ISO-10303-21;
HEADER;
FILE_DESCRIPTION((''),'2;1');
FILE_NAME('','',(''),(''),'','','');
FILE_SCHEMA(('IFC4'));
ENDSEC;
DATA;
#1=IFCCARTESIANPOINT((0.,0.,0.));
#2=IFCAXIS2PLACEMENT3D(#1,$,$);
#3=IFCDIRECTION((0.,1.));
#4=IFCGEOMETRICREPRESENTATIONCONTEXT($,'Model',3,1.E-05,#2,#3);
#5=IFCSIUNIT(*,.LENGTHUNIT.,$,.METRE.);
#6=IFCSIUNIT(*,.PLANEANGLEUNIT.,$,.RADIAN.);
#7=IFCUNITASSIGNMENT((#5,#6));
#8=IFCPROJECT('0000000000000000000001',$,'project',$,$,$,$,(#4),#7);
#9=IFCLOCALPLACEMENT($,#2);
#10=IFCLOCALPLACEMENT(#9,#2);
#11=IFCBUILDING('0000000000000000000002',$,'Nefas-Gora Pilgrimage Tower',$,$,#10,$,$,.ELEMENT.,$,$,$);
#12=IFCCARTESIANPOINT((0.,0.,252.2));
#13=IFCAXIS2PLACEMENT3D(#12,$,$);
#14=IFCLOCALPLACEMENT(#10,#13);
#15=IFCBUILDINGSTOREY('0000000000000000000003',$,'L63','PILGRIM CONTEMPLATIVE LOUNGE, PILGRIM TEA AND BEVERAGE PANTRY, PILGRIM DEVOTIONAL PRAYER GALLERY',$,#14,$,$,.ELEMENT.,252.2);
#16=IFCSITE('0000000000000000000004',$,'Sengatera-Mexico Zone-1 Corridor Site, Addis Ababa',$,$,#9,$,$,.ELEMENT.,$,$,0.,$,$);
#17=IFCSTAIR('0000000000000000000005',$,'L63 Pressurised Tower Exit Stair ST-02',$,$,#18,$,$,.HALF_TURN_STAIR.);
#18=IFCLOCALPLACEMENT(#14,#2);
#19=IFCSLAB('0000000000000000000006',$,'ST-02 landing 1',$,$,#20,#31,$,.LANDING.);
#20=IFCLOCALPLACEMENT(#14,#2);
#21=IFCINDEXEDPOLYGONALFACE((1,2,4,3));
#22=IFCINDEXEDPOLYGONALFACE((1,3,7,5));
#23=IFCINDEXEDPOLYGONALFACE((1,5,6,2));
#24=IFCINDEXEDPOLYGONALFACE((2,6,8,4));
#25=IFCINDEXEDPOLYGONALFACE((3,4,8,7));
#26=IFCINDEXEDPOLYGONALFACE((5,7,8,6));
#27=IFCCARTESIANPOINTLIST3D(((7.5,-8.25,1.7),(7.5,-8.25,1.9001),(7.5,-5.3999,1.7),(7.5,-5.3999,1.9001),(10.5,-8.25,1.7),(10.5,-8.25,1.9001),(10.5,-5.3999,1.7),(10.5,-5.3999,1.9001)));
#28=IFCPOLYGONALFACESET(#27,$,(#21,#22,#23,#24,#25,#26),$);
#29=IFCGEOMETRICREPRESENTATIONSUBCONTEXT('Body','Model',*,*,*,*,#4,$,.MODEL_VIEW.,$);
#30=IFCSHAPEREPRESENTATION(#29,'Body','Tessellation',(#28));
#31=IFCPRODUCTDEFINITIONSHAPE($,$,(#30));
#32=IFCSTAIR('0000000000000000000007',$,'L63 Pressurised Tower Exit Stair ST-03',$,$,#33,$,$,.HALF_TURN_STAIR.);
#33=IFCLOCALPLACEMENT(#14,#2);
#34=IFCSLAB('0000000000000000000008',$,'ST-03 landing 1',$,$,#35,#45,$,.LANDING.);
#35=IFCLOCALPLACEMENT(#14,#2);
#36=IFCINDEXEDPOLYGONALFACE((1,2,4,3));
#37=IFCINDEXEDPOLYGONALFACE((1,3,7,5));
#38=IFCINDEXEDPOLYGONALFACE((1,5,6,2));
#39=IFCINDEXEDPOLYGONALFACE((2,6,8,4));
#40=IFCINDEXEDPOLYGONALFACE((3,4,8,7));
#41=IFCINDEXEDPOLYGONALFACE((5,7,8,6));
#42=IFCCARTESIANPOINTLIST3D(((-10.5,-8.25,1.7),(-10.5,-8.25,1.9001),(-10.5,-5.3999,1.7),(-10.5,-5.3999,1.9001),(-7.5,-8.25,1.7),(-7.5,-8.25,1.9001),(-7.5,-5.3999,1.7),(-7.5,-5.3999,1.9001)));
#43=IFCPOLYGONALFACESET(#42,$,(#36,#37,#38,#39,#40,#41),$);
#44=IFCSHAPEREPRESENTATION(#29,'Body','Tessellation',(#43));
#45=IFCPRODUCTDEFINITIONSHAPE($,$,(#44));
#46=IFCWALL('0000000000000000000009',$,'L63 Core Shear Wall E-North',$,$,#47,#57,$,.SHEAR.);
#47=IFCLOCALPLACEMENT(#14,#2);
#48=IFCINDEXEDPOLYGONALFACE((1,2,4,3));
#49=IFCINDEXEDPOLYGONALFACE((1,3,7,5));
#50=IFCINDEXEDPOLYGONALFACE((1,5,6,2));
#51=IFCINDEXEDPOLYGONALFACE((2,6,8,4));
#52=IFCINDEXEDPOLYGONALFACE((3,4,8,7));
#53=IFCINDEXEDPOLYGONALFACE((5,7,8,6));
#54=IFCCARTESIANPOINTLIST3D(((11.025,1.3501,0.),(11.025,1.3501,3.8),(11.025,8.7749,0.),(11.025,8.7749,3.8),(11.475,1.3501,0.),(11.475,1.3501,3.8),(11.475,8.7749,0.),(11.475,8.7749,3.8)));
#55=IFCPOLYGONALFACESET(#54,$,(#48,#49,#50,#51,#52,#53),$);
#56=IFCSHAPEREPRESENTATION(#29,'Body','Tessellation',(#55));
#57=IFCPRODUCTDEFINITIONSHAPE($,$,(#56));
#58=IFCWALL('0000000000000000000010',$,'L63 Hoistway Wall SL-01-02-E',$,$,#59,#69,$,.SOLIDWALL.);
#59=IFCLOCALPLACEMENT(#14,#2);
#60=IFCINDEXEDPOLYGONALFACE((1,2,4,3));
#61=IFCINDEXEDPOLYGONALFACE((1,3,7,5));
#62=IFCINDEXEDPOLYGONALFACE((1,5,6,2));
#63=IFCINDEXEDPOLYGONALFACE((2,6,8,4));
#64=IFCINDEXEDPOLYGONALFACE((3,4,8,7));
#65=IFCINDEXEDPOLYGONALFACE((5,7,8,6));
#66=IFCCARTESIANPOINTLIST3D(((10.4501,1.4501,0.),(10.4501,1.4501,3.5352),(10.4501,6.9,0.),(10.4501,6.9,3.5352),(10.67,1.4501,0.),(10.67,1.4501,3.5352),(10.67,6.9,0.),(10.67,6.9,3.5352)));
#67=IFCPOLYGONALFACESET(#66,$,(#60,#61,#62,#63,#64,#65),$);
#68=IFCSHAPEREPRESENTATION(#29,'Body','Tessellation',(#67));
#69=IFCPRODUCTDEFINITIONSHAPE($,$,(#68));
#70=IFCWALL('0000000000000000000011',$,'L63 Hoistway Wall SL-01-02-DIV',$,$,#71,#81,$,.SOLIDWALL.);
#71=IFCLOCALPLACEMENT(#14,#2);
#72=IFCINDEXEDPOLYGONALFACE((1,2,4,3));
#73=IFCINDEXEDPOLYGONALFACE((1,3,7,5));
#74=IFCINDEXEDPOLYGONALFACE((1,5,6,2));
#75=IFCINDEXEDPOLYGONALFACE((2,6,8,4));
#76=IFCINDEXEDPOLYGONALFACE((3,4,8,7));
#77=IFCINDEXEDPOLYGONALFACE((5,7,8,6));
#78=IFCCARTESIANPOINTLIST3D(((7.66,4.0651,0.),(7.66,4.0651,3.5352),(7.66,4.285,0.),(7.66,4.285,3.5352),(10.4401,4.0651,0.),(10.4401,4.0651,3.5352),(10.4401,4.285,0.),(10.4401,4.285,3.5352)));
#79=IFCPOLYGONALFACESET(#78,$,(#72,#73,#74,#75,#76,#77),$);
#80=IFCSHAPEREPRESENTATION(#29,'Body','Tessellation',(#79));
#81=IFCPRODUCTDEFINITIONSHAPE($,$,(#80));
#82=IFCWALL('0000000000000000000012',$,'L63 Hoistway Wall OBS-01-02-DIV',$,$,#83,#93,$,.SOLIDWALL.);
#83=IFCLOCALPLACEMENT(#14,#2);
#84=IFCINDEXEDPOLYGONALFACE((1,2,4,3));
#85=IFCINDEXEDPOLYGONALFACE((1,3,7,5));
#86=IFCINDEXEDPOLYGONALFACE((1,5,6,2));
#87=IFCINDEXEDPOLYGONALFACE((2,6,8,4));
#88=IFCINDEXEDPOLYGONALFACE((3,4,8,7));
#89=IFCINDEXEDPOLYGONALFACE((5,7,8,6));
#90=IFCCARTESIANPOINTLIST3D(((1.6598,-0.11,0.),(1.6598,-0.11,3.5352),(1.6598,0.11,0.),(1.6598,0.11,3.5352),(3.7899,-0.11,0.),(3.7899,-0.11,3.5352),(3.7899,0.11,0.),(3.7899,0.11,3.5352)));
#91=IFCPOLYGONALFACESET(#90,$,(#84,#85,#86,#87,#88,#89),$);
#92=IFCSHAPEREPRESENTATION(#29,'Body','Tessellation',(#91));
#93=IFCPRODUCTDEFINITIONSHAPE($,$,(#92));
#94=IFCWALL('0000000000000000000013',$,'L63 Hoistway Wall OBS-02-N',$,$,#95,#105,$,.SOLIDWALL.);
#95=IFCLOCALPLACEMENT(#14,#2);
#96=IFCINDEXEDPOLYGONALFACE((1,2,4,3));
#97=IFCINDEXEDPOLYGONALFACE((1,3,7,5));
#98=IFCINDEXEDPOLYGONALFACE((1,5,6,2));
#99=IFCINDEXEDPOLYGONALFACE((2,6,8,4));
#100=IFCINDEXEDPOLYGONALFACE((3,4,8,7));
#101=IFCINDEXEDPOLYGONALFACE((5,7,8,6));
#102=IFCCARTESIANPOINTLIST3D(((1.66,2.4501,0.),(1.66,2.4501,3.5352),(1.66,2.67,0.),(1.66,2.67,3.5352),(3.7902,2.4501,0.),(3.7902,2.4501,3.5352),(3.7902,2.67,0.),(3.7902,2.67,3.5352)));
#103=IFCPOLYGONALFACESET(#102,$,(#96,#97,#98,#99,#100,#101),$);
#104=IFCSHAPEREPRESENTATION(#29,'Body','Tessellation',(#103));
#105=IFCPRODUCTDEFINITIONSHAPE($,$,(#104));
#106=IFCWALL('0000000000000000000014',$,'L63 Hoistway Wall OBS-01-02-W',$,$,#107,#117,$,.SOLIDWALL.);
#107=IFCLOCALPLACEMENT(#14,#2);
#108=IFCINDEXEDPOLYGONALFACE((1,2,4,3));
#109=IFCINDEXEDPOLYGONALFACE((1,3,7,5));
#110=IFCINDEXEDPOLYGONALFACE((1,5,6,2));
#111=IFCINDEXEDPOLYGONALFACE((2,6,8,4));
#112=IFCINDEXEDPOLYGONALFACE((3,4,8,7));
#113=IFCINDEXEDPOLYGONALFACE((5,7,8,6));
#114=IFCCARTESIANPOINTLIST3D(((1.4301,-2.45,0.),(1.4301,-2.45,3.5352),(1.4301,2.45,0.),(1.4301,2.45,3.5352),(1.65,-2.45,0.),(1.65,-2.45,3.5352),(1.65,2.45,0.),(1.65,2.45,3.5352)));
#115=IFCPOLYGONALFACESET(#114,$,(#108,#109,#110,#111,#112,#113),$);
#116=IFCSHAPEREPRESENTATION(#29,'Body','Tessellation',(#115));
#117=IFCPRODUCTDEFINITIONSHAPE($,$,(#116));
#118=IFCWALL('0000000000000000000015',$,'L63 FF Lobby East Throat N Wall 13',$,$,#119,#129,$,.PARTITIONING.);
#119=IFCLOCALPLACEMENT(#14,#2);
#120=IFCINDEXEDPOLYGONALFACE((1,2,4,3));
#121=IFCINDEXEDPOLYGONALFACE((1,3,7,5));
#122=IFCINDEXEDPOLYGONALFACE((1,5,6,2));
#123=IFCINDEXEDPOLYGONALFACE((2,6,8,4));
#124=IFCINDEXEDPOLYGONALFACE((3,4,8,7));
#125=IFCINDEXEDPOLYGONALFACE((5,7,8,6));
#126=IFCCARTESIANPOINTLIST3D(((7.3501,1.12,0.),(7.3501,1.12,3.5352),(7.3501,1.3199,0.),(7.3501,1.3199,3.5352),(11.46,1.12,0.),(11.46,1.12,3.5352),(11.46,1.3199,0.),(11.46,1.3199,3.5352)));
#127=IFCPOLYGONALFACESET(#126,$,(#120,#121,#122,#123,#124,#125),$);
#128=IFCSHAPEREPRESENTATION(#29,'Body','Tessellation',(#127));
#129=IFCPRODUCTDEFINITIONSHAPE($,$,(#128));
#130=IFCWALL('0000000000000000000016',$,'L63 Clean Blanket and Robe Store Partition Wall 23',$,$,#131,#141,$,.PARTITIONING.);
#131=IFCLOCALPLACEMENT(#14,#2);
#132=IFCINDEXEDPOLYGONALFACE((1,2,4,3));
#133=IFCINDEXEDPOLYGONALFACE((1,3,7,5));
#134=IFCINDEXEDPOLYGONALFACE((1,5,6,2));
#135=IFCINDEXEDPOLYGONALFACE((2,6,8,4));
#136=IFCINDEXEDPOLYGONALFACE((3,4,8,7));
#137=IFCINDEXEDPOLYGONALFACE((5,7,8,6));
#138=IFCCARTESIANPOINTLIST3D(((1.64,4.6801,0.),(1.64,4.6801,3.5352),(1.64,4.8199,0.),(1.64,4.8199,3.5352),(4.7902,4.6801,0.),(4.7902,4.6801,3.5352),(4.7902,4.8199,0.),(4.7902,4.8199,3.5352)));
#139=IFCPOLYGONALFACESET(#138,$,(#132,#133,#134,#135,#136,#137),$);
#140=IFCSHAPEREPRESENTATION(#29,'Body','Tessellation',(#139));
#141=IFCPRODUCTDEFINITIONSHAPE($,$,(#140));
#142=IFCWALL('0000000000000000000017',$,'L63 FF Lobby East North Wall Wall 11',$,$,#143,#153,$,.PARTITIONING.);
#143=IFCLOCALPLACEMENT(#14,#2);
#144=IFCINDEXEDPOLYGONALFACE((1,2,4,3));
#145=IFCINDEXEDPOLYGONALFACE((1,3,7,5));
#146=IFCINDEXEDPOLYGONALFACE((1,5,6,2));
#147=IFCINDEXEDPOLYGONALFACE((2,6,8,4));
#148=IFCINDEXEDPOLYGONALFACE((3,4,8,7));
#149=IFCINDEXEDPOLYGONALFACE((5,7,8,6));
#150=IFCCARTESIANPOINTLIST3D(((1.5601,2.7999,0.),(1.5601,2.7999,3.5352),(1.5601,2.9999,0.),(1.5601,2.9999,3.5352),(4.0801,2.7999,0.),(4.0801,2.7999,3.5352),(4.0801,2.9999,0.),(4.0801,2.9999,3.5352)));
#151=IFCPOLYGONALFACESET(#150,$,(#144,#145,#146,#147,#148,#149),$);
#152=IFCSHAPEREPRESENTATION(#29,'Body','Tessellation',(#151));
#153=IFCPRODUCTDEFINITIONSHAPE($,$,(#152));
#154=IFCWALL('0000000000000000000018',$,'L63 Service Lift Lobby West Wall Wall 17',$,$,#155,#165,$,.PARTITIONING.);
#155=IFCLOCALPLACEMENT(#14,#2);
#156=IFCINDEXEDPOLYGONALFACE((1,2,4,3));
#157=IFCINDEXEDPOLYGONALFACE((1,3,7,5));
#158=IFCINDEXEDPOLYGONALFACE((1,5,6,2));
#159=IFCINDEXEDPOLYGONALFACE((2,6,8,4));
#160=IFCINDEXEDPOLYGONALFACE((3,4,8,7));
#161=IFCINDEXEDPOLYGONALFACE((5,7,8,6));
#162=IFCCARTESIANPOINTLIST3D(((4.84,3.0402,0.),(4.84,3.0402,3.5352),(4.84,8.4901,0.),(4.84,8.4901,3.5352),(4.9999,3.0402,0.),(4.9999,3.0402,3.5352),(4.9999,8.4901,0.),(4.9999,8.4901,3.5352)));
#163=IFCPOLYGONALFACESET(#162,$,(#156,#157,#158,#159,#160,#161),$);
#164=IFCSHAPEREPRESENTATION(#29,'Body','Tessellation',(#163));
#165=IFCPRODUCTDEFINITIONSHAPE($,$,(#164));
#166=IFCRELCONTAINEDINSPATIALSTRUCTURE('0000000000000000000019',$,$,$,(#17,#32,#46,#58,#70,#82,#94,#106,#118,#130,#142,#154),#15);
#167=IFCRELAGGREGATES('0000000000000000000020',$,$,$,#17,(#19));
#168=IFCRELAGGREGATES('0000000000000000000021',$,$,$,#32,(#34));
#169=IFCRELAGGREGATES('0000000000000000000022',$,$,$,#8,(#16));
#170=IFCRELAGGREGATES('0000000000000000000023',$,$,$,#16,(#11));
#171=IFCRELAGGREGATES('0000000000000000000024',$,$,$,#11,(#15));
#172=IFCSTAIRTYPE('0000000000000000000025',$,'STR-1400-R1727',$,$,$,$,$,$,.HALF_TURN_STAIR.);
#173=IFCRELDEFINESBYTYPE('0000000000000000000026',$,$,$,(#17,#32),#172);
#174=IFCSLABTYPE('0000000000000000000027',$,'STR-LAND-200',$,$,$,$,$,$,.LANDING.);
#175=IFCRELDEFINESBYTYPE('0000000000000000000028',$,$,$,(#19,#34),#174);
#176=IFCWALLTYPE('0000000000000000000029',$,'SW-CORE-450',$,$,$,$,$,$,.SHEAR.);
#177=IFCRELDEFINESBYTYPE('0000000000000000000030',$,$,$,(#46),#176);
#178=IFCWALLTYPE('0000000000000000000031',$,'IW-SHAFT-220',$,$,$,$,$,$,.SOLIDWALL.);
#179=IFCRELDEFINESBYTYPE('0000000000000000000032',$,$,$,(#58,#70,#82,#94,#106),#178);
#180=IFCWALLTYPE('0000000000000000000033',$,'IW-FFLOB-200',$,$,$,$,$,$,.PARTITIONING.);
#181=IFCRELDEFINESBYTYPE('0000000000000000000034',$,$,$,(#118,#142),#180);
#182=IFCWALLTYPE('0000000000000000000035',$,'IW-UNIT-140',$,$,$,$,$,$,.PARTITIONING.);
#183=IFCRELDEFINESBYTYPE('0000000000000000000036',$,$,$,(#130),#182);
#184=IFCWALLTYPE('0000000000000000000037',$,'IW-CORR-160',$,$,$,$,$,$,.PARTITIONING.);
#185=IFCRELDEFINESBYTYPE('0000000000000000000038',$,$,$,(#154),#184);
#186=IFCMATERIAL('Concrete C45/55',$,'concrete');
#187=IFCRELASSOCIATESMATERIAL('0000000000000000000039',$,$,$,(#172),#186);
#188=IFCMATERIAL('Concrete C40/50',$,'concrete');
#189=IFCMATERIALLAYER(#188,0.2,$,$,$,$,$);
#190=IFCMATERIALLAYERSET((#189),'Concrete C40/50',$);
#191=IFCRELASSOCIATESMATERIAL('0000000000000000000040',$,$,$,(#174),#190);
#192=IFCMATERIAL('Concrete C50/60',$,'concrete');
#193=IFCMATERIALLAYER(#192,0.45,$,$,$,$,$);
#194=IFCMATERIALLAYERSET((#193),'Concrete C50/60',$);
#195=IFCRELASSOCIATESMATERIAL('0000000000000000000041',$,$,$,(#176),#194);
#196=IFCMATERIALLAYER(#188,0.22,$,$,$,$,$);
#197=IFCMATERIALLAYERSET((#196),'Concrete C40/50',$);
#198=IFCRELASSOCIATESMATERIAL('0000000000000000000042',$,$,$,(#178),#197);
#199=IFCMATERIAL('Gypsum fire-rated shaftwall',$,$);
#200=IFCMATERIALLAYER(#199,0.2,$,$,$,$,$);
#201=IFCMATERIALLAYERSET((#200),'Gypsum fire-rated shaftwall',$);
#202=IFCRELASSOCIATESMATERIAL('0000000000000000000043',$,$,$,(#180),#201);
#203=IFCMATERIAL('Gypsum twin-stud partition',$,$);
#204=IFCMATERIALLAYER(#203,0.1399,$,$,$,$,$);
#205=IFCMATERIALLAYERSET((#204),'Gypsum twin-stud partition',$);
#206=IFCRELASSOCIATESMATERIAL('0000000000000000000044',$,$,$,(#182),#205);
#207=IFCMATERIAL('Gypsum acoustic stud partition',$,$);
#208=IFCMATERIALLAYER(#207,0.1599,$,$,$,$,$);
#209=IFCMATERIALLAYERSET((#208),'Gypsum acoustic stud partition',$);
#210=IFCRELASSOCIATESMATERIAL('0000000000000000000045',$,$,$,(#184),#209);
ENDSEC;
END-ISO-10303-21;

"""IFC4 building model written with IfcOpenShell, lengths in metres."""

from ifc_helpers import new_model, si_unit, direction, frame, frame_2d, origin, place, context, subcontext, project, spatial, polyline, rectangle, outline, extrude, source, transform, mapped, material, layer, layer_set, type_object, element, aggregate, save


model = new_model("IFC4")

# Units and contexts
model_context = context("Model", 3, precision=1e-05, world=origin(), true_north=direction((0.0, 1.0)))
body_context = subcontext(model_context, "Body", "Model", "MODEL_VIEW")
ifc_project = project(units=[si_unit("LENGTHUNIT", "METRE"), si_unit("PLANEANGLEUNIT", "RADIAN")], contexts=[model_context])

# Site, building, storey
site_placement = place(None, origin())
site = spatial("IfcSite", under=ifc_project, at=site_placement, Name="Sengatera-Mexico Zone-1 Corridor Site, Addis Ababa", CompositionType="ELEMENT", RefElevation=0.0)
building_placement = place(site_placement, origin())
building = spatial("IfcBuilding", under=site, at=building_placement, Name="Nefas-Gora Pilgrimage Tower", CompositionType="ELEMENT")
storey_placement = place(building_placement, frame((0.0, 0.0, 252.2)))
storey = spatial("IfcBuildingStorey", under=building, at=storey_placement, Name="L63", Description="PILGRIM CONTEMPLATIVE LOUNGE, PILGRIM TEA AND BEVERAGE PANTRY, PILGRIM DEVOTIONAL PRAYER GALLERY", CompositionType="ELEMENT", Elevation=252.2)

# Stairs, slabs
ifc_material_1 = material(Name="Concrete C45/55", Category="concrete")
stair_type = type_object("IfcStairType", Name="STR-1400-R1727", PredefinedType="HALF_TURN_STAIR", material=ifc_material_1)
stair_1_placement = place(storey_placement, origin())
stair_1 = element("IfcStair", 1, at=stair_1_placement, inside=storey, type_object=stair_type, Name="L63 Pressurised Tower Exit Stair ST-02", PredefinedType="HALF_TURN_STAIR")
ifc_material_2 = material(Name="Concrete C40/50", Category="concrete")
ifc_layer_1 = layer(ifc_material_2, 0.2)
ifc_layer_set_1 = layer_set([ifc_layer_1], Name="Concrete C40/50")
slab_type = type_object("IfcSlabType", Name="STR-LAND-200", PredefinedType="LANDING", material=ifc_layer_set_1)
slab_1_placement = place(storey_placement, frame((0.0, 0.0, 1.7)))
slab_1 = element("IfcSlab", 2, at=slab_1_placement, type_object=slab_type, Name="ST-02 landing 1", PredefinedType="LANDING", context=body_context, shape_type="SweptSolid", body=[
    extrude(outline(polyline([(7.5, -5.3999), (7.5, -8.25), (10.5, -8.25), (10.5, -5.3999), (7.5, -5.3999)])), origin(), (0.0, 0.0, 1.0), 0.2002),
])
aggregate(stair_1, [slab_1])
stair_2_placement = place(storey_placement, origin())
stair_2 = element("IfcStair", 3, at=stair_2_placement, inside=storey, type_object=stair_type, Name="L63 Pressurised Tower Exit Stair ST-03", PredefinedType="HALF_TURN_STAIR")
slab_2_placement = place(storey_placement, frame((0.0, 0.0, 1.7)))
slab_2 = element("IfcSlab", 4, at=slab_2_placement, type_object=slab_type, Name="ST-03 landing 1", PredefinedType="LANDING", context=body_context, shape_type="SweptSolid", body=[
    extrude(outline(polyline([(-10.5, -5.3999), (-10.5, -8.25), (-7.5, -8.25), (-7.5, -5.3999), (-10.5, -5.3999)])), origin(), (0.0, 0.0, 1.0), 0.2002),
])
aggregate(stair_2, [slab_2])

# Walls
ifc_material_3 = material(Name="Concrete C50/60", Category="concrete")
ifc_layer_2 = layer(ifc_material_3, 0.45)
ifc_layer_set_2 = layer_set([ifc_layer_2], Name="Concrete C50/60")
wall_type_1 = type_object("IfcWallType", Name="SW-CORE-450", PredefinedType="SHEAR", material=ifc_layer_set_2)
shared_shape_1 = source(origin(), body_context, "Body", "SweptSolid", [
    extrude(rectangle(XDim=7.4248, YDim=0.45, at=frame_2d((3.7124, 0.0))), origin(), (0.0, 0.0, 1.0), 3.8),
])
wall_1_placement = place(storey_placement, frame((11.25, 1.3501, 0.0), z_axis=(0.0, 0.0, 1.0), x_axis=(0.0, 1.0, 0.0)))
element("IfcWall", 5, at=wall_1_placement, inside=storey, type_object=wall_type_1, Name="L63 Core Shear Wall E-North", PredefinedType="SHEAR", context=body_context, shape_type="MappedRepresentation", body=[
    mapped(shared_shape_1, transform((0.0, 0.0, 0.0), x_axis=(1.0, 0.0, 0.0), y_axis=(0.0, 1.0, 0.0), z_axis=(0.0, 0.0, 1.0), scale=1.0)),
])
ifc_layer_3 = layer(ifc_material_2, 0.22)
ifc_layer_set_3 = layer_set([ifc_layer_3], Name="Concrete C40/50")
wall_type_2 = type_object("IfcWallType", Name="IW-SHAFT-220", PredefinedType="SOLIDWALL", material=ifc_layer_set_3)
shared_shape_2 = source(origin(), body_context, "Body", "SweptSolid", [
    extrude(rectangle(XDim=5.45, YDim=0.22, at=frame_2d((2.7251, 0.0))), origin(), (0.0, 0.0, 1.0), 3.5352),
])
wall_2_placement = place(storey_placement, frame((10.5601, 1.45, 0.0), z_axis=(0.0, 0.0, 1.0), x_axis=(0.0, 1.0, 0.0)))
element("IfcWall", 6, at=wall_2_placement, inside=storey, type_object=wall_type_2, Name="L63 Hoistway Wall SL-01-02-E", PredefinedType="SOLIDWALL", context=body_context, shape_type="MappedRepresentation", body=[
    mapped(shared_shape_2, transform((0.0, 0.0, 0.0), x_axis=(1.0, 0.0, 0.0), y_axis=(0.0, 1.0, 0.0), z_axis=(0.0, 0.0, 1.0), scale=1.0)),
])
shared_shape_3 = source(origin(), body_context, "Body", "SweptSolid", [
    extrude(rectangle(XDim=2.78, YDim=0.22, at=frame_2d((1.3901, 0.0))), origin(), (0.0, 0.0, 1.0), 3.5352),
])
wall_3_placement = place(storey_placement, frame((7.6599, 4.175, 0.0), z_axis=(0.0, 0.0, 1.0), x_axis=(1.0, 0.0, 0.0)))
element("IfcWall", 7, at=wall_3_placement, inside=storey, type_object=wall_type_2, Name="L63 Hoistway Wall SL-01-02-DIV", PredefinedType="SOLIDWALL", context=body_context, shape_type="MappedRepresentation", body=[
    mapped(shared_shape_3, transform((0.0, 0.0, 0.0), x_axis=(1.0, 0.0, 0.0), y_axis=(0.0, 1.0, 0.0), z_axis=(0.0, 0.0, 1.0), scale=1.0)),
])
shared_shape_4 = source(origin(), body_context, "Body", "SweptSolid", [
    extrude(rectangle(XDim=2.1301, YDim=0.22, at=frame_2d((1.0649, 0.0))), origin(), (0.0, 0.0, 1.0), 3.5352),
])
for number, where, z_axis, x_axis, name in (
    (8, (1.6599, 0.0, 0.0), (0.0, 0.0, 1.0), (1.0, 0.0, 0.0), "L63 Hoistway Wall OBS-01-02-DIV"),
    (9, (3.79, 2.5601, 0.0), (0.0, 0.0, 1.0), (-1.0, 0.0, 0.0), "L63 Hoistway Wall OBS-02-N"),
):
    element("IfcWall", number, at=place(storey_placement, frame(where, z_axis=z_axis, x_axis=x_axis)), inside=storey, type_object=wall_type_2, Name=name, PredefinedType="SOLIDWALL", context=body_context, shape_type="MappedRepresentation", body=[
        mapped(shared_shape_4, transform((0.0, 0.0, 0.0), x_axis=(1.0, 0.0, 0.0), y_axis=(0.0, 1.0, 0.0), z_axis=(0.0, 0.0, 1.0), scale=1.0)),
    ])
shared_shape_5 = source(origin(), body_context, "Body", "SweptSolid", [
    extrude(rectangle(XDim=4.8999, YDim=0.22, at=frame_2d((2.45, 0.0))), origin(), (0.0, 0.0, 1.0), 3.5352),
])
wall_4_placement = place(storey_placement, frame((1.54, 2.45, 0.0), z_axis=(0.0, 0.0, 1.0), x_axis=(0.0, -1.0, 0.0)))
element("IfcWall", 10, at=wall_4_placement, inside=storey, type_object=wall_type_2, Name="L63 Hoistway Wall OBS-01-02-W", PredefinedType="SOLIDWALL", context=body_context, shape_type="MappedRepresentation", body=[
    mapped(shared_shape_5, transform((0.0, 0.0, 0.0), x_axis=(1.0, 0.0, 0.0), y_axis=(0.0, 1.0, 0.0), z_axis=(0.0, 0.0, 1.0), scale=1.0)),
])

# Shared definitions
ifc_material_4 = material(Name="Gypsum fire-rated shaftwall")
ifc_layer_4 = layer(ifc_material_4, 0.2)
ifc_layer_set_4 = layer_set([ifc_layer_4], Name="Gypsum fire-rated shaftwall")
wall_type_3 = type_object("IfcWallType", Name="IW-FFLOB-200", PredefinedType="PARTITIONING", material=ifc_layer_set_4)

# Walls
shared_shape_6 = source(origin(), body_context, "Body", "SweptSolid", [
    extrude(rectangle(XDim=4.1099, YDim=0.2, at=frame_2d((2.0549, 0.0))), origin(), (0.0, 0.0, 1.0), 3.5352),
])
wall_5_placement = place(storey_placement, frame((7.3501, 1.22, 0.0), z_axis=(0.0, 0.0, 1.0), x_axis=(1.0, 0.0, 0.0)))
element("IfcWall", 11, at=wall_5_placement, inside=storey, type_object=wall_type_3, Name="L63 FF Lobby East Throat N Wall 13", PredefinedType="PARTITIONING", context=body_context, shape_type="MappedRepresentation", body=[
    mapped(shared_shape_6, transform((0.0, 0.0, 0.0), x_axis=(1.0, 0.0, 0.0), y_axis=(0.0, 1.0, 0.0), z_axis=(0.0, 0.0, 1.0), scale=1.0)),
])
ifc_material_5 = material(Name="Gypsum twin-stud partition")
ifc_layer_5 = layer(ifc_material_5, 0.1399)
ifc_layer_set_5 = layer_set([ifc_layer_5], Name="Gypsum twin-stud partition")
wall_type_4 = type_object("IfcWallType", Name="IW-UNIT-140", PredefinedType="PARTITIONING", material=ifc_layer_set_5)
shared_shape_7 = source(origin(), body_context, "Body", "SweptSolid", [
    extrude(rectangle(XDim=3.1501, YDim=0.1399, at=frame_2d((1.5752, 0.0))), origin(), (0.0, 0.0, 1.0), 3.5352),
])
wall_6_placement = place(storey_placement, frame((1.6399, 4.75, 0.0), z_axis=(0.0, 0.0, 1.0), x_axis=(1.0, 0.0, 0.0)))
element("IfcWall", 12, at=wall_6_placement, inside=storey, type_object=wall_type_4, Name="L63 Clean Blanket and Robe Store Partition Wall 23", PredefinedType="PARTITIONING", context=body_context, shape_type="MappedRepresentation", body=[
    mapped(shared_shape_7, transform((0.0, 0.0, 0.0), x_axis=(1.0, 0.0, 0.0), y_axis=(0.0, 1.0, 0.0), z_axis=(0.0, 0.0, 1.0), scale=1.0)),
])
shared_shape_8 = source(origin(), body_context, "Body", "SweptSolid", [
    extrude(rectangle(XDim=2.52, YDim=0.2, at=frame_2d((1.26, 0.0))), origin(), (0.0, 0.0, 1.0), 3.5352),
])
wall_7_placement = place(storey_placement, frame((1.5601, 2.8999, 0.0), z_axis=(0.0, 0.0, 1.0), x_axis=(1.0, 0.0, 0.0)))
element("IfcWall", 13, at=wall_7_placement, inside=storey, type_object=wall_type_3, Name="L63 FF Lobby East North Wall Wall 11", PredefinedType="PARTITIONING", context=body_context, shape_type="MappedRepresentation", body=[
    mapped(shared_shape_8, transform((0.0, 0.0, 0.0), x_axis=(1.0, 0.0, 0.0), y_axis=(0.0, 1.0, 0.0), z_axis=(0.0, 0.0, 1.0), scale=1.0)),
])
ifc_material_6 = material(Name="Gypsum acoustic stud partition")
ifc_layer_6 = layer(ifc_material_6, 0.1599)
ifc_layer_set_6 = layer_set([ifc_layer_6], Name="Gypsum acoustic stud partition")
wall_type_5 = type_object("IfcWallType", Name="IW-CORR-160", PredefinedType="PARTITIONING", material=ifc_layer_set_6)
shared_shape_9 = source(origin(), body_context, "Body", "SweptSolid", [
    extrude(rectangle(XDim=5.45, YDim=0.1599, at=frame_2d((2.7251, 0.0))), origin(), (0.0, 0.0, 1.0), 3.5352),
])
wall_8_placement = place(storey_placement, frame((4.9199, 3.04, 0.0), z_axis=(0.0, 0.0, 1.0), x_axis=(0.0, 1.0, 0.0)))
element("IfcWall", 14, at=wall_8_placement, inside=storey, type_object=wall_type_5, Name="L63 Service Lift Lobby West Wall Wall 17", PredefinedType="PARTITIONING", context=body_context, shape_type="MappedRepresentation", body=[
    mapped(shared_shape_9, transform((0.0, 0.0, 0.0), x_axis=(1.0, 0.0, 0.0), y_axis=(0.0, 1.0, 0.0), z_axis=(0.0, 0.0, 1.0), scale=1.0)),
])

save(model, "model.ifc")
